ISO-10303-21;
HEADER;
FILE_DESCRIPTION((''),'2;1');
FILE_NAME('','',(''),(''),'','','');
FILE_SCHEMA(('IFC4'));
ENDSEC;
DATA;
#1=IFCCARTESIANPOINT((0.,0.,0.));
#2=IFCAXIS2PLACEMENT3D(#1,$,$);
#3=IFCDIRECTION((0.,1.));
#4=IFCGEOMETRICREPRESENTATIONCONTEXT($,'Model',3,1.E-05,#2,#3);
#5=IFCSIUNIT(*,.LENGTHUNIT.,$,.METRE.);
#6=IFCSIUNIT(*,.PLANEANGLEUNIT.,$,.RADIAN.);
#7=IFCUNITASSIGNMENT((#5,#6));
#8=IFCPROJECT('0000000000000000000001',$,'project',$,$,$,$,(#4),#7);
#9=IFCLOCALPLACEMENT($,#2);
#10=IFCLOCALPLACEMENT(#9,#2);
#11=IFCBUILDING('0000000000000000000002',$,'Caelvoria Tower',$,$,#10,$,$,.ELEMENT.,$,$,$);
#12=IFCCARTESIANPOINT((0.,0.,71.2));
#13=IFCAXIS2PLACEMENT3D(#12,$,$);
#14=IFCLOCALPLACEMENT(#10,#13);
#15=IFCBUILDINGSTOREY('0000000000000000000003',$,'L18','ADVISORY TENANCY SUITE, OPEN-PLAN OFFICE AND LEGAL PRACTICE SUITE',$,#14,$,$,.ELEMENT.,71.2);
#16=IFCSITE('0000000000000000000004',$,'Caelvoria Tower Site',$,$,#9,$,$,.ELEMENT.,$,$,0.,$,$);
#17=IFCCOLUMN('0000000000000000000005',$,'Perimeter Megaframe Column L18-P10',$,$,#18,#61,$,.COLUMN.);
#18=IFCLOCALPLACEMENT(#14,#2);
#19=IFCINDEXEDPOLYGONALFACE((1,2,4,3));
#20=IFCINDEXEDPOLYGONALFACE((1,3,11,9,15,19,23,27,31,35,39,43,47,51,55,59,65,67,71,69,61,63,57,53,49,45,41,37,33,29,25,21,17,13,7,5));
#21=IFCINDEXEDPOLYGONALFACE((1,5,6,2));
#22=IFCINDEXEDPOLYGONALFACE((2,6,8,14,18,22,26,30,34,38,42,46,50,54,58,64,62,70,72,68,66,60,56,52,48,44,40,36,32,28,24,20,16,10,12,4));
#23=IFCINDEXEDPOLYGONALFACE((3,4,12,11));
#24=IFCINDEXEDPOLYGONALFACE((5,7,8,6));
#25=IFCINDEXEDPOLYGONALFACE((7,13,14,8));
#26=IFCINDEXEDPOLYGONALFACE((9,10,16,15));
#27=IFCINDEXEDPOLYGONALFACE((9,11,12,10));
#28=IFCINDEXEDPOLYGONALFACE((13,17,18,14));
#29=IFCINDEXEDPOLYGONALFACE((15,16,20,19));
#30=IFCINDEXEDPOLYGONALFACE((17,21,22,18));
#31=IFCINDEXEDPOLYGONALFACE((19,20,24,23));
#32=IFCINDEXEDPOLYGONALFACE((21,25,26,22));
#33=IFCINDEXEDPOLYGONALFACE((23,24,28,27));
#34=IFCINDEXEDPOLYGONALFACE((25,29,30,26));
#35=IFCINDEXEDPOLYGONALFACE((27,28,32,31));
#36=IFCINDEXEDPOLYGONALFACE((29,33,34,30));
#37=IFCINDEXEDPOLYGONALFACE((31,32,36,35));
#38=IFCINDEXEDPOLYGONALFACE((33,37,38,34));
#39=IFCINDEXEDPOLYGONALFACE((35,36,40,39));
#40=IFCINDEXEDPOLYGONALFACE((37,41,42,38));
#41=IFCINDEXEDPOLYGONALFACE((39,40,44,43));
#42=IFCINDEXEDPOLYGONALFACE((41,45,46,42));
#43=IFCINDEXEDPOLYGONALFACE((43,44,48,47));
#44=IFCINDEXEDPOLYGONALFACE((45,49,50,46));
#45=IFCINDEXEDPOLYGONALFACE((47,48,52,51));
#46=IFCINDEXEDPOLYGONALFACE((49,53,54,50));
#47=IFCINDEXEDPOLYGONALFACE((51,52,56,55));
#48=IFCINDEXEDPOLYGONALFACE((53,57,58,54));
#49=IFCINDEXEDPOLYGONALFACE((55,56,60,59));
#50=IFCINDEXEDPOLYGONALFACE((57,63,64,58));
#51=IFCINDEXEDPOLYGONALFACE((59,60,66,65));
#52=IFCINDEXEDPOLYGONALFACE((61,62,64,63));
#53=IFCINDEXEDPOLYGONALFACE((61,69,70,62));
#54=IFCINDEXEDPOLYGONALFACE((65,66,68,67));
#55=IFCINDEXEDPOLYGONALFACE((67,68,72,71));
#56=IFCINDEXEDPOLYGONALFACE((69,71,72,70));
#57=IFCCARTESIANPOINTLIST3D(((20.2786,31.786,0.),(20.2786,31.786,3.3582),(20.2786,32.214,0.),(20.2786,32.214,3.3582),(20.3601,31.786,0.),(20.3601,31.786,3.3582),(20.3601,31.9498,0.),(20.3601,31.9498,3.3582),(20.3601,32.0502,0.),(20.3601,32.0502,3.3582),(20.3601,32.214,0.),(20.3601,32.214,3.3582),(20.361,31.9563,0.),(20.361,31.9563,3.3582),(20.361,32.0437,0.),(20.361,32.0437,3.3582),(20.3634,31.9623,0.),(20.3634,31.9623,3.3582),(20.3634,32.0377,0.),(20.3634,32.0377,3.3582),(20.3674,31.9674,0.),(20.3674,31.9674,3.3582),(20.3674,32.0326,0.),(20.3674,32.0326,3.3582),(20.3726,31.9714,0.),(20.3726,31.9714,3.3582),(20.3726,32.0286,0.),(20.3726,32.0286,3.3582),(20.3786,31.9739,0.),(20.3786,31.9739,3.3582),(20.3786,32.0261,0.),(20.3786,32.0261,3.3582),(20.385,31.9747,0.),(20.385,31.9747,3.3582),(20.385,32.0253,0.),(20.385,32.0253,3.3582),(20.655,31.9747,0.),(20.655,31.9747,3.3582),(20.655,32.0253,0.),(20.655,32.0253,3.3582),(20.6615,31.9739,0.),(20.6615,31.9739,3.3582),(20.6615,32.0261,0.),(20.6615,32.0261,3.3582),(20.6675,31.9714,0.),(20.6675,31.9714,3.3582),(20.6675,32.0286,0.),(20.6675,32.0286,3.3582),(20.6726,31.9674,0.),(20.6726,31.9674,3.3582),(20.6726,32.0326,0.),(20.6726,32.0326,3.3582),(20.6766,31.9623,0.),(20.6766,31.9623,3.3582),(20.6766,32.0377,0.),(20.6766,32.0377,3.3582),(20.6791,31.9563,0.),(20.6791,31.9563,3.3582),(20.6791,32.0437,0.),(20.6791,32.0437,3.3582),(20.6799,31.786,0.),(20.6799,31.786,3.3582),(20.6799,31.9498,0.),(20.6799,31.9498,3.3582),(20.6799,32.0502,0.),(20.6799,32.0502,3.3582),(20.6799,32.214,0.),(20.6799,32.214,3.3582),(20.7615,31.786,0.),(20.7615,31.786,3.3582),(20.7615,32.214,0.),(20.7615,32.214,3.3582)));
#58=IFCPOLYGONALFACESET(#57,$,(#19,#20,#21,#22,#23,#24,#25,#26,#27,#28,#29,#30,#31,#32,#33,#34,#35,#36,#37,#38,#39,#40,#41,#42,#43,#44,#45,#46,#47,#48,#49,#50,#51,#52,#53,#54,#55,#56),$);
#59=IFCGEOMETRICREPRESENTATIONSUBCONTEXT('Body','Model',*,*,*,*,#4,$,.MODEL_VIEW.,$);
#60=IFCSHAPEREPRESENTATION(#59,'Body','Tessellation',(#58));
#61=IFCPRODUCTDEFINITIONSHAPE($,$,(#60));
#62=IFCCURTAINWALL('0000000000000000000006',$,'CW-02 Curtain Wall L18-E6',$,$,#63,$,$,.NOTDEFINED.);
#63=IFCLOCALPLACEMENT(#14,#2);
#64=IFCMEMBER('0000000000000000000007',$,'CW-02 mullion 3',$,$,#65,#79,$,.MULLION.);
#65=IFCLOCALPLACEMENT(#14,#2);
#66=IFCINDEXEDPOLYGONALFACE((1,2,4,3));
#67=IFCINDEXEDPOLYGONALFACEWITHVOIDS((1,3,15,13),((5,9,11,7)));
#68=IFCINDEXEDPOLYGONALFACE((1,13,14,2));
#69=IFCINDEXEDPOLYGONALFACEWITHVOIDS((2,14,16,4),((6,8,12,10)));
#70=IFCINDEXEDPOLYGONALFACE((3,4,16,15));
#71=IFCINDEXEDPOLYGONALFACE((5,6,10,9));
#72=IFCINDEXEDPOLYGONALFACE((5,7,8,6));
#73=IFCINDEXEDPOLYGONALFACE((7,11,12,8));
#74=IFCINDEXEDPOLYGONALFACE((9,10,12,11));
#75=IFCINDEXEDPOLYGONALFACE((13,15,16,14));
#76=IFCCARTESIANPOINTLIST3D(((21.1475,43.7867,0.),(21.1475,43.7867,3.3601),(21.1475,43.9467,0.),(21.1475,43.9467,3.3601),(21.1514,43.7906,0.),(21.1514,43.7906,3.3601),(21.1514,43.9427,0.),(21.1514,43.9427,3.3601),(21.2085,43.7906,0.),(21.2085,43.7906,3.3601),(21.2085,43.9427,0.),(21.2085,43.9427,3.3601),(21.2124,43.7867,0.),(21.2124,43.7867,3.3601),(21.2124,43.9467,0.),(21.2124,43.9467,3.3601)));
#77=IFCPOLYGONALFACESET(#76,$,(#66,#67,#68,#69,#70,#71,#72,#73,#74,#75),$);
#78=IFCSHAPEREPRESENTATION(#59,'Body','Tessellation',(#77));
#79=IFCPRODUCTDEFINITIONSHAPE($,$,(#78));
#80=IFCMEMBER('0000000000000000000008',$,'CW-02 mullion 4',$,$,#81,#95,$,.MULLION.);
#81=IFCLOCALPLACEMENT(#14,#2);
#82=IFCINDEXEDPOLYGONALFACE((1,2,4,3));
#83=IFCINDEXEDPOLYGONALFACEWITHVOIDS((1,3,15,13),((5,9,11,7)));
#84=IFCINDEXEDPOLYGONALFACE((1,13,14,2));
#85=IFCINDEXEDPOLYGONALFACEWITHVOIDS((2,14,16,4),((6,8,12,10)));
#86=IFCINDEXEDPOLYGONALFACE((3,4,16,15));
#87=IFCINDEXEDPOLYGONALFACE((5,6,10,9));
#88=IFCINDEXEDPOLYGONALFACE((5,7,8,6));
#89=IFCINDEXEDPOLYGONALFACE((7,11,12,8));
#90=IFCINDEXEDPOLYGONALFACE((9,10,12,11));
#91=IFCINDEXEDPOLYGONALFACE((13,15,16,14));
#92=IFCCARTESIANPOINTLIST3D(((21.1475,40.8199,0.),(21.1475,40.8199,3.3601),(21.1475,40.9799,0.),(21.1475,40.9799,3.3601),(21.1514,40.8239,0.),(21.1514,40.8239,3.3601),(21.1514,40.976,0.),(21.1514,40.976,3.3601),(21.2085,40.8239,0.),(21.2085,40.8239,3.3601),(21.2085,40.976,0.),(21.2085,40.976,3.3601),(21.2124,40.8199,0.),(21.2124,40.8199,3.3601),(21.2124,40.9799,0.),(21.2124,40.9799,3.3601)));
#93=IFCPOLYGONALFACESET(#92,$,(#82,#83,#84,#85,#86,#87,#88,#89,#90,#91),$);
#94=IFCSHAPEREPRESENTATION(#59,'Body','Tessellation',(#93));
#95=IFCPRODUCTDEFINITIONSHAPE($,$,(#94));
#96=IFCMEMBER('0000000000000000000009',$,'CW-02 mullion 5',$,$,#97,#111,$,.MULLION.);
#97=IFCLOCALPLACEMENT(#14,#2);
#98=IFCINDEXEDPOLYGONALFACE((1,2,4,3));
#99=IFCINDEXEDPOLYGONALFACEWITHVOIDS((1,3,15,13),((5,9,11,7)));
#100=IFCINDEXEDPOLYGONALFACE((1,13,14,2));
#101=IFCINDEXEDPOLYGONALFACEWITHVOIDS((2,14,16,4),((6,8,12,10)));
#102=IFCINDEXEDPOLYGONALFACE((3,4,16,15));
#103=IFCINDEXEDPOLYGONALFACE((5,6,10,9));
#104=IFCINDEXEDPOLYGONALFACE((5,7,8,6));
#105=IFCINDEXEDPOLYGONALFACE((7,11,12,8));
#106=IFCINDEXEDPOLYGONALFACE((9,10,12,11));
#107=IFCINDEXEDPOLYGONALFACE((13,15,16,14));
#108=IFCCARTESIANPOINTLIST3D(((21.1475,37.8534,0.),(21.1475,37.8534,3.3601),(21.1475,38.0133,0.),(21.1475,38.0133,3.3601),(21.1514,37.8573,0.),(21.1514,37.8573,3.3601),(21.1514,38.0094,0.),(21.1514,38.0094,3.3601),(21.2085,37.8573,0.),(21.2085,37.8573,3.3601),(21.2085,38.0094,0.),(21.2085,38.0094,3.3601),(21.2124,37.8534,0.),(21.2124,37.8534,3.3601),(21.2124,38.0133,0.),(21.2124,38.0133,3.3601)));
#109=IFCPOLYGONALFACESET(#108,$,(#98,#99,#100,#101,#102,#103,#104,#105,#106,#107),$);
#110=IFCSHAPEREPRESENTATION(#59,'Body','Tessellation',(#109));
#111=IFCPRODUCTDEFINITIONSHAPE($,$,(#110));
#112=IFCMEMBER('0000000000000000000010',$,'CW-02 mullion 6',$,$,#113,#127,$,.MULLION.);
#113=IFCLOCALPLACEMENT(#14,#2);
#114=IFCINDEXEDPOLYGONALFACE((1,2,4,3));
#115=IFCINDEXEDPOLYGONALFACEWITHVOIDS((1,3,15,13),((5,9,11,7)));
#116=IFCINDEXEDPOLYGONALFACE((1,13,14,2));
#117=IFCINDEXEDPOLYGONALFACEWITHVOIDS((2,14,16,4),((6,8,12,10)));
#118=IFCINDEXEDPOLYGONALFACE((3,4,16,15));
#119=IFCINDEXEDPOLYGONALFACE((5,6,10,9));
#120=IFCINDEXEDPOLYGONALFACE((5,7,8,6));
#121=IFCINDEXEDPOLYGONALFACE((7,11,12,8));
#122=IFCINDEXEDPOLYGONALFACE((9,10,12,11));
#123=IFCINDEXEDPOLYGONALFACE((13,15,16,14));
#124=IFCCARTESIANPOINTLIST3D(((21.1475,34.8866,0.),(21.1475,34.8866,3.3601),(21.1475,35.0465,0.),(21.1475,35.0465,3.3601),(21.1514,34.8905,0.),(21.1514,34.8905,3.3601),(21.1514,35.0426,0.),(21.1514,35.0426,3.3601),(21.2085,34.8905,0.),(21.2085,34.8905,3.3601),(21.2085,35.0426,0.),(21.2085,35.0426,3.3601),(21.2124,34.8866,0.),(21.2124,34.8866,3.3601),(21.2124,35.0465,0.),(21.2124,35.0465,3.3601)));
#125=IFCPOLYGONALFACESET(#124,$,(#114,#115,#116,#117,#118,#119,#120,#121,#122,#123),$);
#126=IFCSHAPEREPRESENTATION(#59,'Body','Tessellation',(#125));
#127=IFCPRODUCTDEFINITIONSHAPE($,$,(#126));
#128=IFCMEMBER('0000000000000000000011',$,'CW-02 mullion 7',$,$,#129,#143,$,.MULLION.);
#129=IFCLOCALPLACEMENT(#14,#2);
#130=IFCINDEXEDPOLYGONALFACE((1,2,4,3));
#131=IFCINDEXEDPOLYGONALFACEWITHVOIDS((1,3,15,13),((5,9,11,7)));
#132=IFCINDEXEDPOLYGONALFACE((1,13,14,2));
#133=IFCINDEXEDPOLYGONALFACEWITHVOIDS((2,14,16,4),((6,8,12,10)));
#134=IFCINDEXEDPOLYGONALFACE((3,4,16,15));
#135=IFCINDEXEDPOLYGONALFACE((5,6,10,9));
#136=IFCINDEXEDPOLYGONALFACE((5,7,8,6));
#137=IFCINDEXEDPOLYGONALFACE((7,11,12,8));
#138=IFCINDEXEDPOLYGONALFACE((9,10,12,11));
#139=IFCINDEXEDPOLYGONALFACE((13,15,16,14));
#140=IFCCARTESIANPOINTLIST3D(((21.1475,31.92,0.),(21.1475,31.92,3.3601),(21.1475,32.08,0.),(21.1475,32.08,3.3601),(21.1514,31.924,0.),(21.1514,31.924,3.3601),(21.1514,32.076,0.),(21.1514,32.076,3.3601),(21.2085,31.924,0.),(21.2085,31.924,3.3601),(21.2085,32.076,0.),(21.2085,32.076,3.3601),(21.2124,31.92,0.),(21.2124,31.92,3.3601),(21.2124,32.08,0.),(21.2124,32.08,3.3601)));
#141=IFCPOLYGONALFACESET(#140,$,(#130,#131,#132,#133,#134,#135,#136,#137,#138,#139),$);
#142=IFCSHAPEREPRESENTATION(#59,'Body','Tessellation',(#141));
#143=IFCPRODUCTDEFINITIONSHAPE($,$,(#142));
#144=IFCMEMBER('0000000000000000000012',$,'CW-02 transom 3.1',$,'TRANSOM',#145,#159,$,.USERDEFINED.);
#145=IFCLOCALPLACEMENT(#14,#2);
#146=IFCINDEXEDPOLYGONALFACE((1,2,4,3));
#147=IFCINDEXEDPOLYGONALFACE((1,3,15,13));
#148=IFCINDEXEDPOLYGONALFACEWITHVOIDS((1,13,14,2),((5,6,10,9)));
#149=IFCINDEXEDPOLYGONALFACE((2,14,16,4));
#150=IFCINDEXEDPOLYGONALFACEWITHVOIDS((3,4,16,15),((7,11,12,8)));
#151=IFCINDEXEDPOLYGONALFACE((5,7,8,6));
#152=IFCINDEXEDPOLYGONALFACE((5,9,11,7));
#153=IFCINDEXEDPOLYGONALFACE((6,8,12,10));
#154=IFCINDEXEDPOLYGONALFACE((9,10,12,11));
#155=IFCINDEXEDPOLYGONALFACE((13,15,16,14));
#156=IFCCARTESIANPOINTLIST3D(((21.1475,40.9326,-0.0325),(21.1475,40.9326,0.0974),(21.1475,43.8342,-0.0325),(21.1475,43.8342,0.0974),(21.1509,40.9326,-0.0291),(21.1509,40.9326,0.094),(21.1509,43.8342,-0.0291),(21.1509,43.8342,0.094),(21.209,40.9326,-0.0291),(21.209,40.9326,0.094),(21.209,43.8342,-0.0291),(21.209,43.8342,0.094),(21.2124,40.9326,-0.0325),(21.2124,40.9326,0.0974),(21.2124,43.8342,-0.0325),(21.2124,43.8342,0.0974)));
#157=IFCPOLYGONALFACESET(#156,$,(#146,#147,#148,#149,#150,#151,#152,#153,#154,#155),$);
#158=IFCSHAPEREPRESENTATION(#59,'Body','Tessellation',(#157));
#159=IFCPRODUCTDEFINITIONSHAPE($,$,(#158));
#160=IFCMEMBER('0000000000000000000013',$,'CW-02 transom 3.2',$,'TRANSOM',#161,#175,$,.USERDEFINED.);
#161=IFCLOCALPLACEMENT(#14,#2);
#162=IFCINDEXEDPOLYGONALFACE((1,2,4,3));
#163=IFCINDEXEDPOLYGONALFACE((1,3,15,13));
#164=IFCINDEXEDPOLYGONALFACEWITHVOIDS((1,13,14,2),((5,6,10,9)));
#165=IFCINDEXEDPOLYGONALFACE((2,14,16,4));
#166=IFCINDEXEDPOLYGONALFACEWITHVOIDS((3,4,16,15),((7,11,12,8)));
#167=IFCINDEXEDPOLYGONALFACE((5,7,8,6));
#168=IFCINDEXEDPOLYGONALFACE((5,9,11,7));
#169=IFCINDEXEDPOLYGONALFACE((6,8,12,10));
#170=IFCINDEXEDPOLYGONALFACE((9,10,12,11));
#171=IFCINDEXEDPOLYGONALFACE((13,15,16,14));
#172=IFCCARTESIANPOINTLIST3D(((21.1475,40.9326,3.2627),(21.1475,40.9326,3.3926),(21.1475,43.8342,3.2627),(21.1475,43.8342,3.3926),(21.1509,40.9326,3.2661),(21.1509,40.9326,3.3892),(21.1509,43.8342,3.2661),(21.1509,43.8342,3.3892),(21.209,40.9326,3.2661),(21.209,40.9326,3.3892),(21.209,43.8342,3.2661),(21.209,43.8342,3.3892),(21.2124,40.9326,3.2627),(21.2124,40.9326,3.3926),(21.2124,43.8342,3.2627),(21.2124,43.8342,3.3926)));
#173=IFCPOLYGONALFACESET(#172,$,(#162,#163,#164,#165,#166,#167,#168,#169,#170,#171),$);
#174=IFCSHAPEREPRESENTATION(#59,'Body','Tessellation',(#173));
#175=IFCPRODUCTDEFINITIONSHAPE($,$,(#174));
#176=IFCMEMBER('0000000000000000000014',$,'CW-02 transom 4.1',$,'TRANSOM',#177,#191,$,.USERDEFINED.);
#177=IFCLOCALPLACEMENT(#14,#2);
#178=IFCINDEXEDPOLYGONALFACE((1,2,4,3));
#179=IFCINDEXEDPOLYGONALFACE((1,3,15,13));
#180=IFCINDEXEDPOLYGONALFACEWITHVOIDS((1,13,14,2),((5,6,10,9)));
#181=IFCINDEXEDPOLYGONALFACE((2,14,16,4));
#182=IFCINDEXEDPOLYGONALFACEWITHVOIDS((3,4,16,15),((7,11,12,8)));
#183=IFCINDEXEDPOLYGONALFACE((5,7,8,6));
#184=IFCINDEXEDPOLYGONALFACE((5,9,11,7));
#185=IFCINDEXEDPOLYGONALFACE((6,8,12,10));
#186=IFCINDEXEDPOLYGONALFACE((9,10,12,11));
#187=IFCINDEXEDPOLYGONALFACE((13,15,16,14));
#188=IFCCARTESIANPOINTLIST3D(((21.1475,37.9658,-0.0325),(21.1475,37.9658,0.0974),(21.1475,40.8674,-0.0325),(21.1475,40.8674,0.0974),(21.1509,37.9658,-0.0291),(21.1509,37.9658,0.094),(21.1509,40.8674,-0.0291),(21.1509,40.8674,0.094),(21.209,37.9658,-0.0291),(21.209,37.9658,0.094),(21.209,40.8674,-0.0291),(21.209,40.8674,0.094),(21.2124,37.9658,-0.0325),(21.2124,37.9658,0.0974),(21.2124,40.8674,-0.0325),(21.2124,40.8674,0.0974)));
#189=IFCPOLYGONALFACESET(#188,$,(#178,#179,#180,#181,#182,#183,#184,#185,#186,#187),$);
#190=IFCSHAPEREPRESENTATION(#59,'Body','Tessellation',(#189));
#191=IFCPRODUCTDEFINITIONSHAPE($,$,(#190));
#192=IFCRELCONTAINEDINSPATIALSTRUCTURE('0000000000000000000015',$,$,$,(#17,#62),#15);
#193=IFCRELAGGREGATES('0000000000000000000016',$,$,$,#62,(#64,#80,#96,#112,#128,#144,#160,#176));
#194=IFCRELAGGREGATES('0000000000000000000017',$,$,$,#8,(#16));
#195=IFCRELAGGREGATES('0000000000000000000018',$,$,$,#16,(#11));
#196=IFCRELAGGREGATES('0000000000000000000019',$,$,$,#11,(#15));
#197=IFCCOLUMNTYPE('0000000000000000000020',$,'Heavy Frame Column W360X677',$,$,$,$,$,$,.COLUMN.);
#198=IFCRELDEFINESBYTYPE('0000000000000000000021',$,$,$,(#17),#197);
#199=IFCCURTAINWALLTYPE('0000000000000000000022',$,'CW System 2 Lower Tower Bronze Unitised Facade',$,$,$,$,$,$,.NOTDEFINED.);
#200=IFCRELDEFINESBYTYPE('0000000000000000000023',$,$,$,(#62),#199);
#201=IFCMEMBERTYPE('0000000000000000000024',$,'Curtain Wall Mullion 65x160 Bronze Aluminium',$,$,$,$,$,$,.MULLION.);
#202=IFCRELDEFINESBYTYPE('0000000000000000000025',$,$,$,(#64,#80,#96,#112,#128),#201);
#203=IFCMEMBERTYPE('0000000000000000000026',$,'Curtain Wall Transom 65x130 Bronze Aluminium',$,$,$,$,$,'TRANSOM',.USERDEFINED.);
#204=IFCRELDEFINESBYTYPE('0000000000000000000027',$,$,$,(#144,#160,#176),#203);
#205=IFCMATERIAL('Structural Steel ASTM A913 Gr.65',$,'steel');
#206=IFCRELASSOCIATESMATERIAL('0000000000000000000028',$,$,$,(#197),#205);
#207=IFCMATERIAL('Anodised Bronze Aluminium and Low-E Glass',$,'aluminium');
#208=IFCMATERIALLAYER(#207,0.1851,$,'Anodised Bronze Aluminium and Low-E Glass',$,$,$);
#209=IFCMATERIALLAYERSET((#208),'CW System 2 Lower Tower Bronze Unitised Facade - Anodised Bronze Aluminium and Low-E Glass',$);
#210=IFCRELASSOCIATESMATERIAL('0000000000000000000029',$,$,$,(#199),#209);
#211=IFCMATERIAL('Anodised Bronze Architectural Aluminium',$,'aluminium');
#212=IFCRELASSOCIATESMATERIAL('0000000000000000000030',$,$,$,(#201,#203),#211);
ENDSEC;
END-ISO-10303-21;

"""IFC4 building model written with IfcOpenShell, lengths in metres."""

from ifc_helpers import new_model, si_unit, direction, frame, origin, origin_2d, place, context, subcontext, project, spatial, hollow_rectangle, i_section, extrude, material, layer, layer_set, material_profile, profile_set, type_object, element, aggregate, save


model = new_model("IFC4")

# Units and contexts
model_context = context("Model", 3, precision=1e-05, world=origin(), true_north=direction((0.0, 1.0)))
body_context = subcontext(model_context, "Body", "Model", "MODEL_VIEW")
ifc_project = project(units=[si_unit("LENGTHUNIT", "METRE"), si_unit("PLANEANGLEUNIT", "RADIAN")], contexts=[model_context])

# Site, building, storey
site_placement = place(None, origin())
site = spatial("IfcSite", under=ifc_project, at=site_placement, Name="Caelvoria Tower Site", CompositionType="ELEMENT", RefElevation=0.0)
building_placement = place(site_placement, origin())
building = spatial("IfcBuilding", under=site, at=building_placement, Name="Caelvoria Tower", CompositionType="ELEMENT")
storey_placement = place(building_placement, frame((0.0, 0.0, 71.2)))
storey = spatial("IfcBuildingStorey", under=building, at=storey_placement, Name="L18", Description="ADVISORY TENANCY SUITE, OPEN-PLAN OFFICE AND LEGAL PRACTICE SUITE", CompositionType="ELEMENT", Elevation=71.2)

# Column
ifc_material_1 = material(Name="Structural Steel ASTM A913 Gr.65", Category="steel")
ifc_material_profile_1 = material_profile(ifc_material_1, i_section(OverallWidth=0.428, OverallDepth=0.4829, WebThickness=0.0505, FlangeThickness=0.0815, FilletRadius=0.0249, at=origin_2d()), Name="Structural Steel ASTM A913 Gr.65")
ifc_profile_set_1 = profile_set([ifc_material_profile_1], Name="W360X677 - Structural Steel ASTM A913 Gr.65")
column_type = type_object("IfcColumnType", Name="Heavy Frame Column W360X677", PredefinedType="COLUMN", material=ifc_profile_set_1)
column_placement = place(storey_placement, frame((20.52, 32.0, 0.0), z_axis=(0.0, 0.0, 1.0), x_axis=(0.0, 1.0, 0.0)))
element("IfcColumn", 1, at=column_placement, inside=storey, type_object=column_type, Name="Perimeter Megaframe Column L18-P10", PredefinedType="COLUMN", context=body_context, shape_type="SweptSolid", body=[
    extrude(i_section(OverallWidth=0.428, OverallDepth=0.4829, WebThickness=0.0505, FlangeThickness=0.0815, FilletRadius=0.0249, at=origin_2d()), origin(), (0.0, 0.0, 1.0), 3.3582),
])

# Curtain wall, members
ifc_material_2 = material(Name="Anodised Bronze Aluminium and Low-E Glass", Category="aluminium")
ifc_layer_1 = layer(ifc_material_2, 0.1851, Name="Anodised Bronze Aluminium and Low-E Glass")
ifc_layer_set_1 = layer_set([ifc_layer_1], Name="CW System 2 Lower Tower Bronze Unitised Facade - Anodised Bronze Aluminium and Low-E Glass")
curtain_wall_type = type_object("IfcCurtainWallType", Name="CW System 2 Lower Tower Bronze Unitised Facade", PredefinedType="NOTDEFINED", material=ifc_layer_set_1)
curtain_wall_placement = place(storey_placement, origin())
curtain_wall = element("IfcCurtainWall", 2, at=curtain_wall_placement, inside=storey, type_object=curtain_wall_type, Name="CW-02 Curtain Wall L18-E6", PredefinedType="NOTDEFINED")
ifc_material_3 = material(Name="Anodised Bronze Architectural Aluminium", Category="aluminium")
ifc_material_profile_2 = material_profile(ifc_material_3, hollow_rectangle(XDim=0.0649, YDim=0.1599, WallThickness=0.0039, at=origin_2d()), Name="Anodised Bronze Architectural Aluminium")
ifc_profile_set_2 = profile_set([ifc_material_profile_2], Name="CW_MULL_65X160 - Anodised Bronze Architectural Aluminium")
member_type_1 = type_object("IfcMemberType", Name="Curtain Wall Mullion 65x160 Bronze Aluminium", PredefinedType="MULLION", material=ifc_profile_set_2)
member_1_placement = place(storey_placement, frame((21.1799, 43.8667, 0.0), z_axis=(0.0, 0.0, 1.0), x_axis=(1.0, 0.0, 0.0)))
member_1 = element("IfcMember", 3, at=member_1_placement, type_object=member_type_1, Name="CW-02 mullion 3", PredefinedType="MULLION", context=body_context, shape_type="SweptSolid", body=[
    extrude(hollow_rectangle(XDim=0.0649, YDim=0.1599, WallThickness=0.0039, at=origin_2d()), origin(), (0.0, 0.0, 1.0), 3.3601),
])
member_2_placement = place(storey_placement, frame((21.1799, 40.8999, 0.0), z_axis=(0.0, 0.0, 1.0), x_axis=(1.0, 0.0, 0.0)))
member_2 = element("IfcMember", 4, at=member_2_placement, type_object=member_type_1, Name="CW-02 mullion 4", PredefinedType="MULLION", context=body_context, shape_type="SweptSolid", body=[
    extrude(hollow_rectangle(XDim=0.0649, YDim=0.1599, WallThickness=0.0039, at=origin_2d()), origin(), (0.0, 0.0, 1.0), 3.3601),
])
member_3_placement = place(storey_placement, frame((21.1799, 37.9333, 0.0), z_axis=(0.0, 0.0, 1.0), x_axis=(1.0, 0.0, 0.0)))
member_3 = element("IfcMember", 5, at=member_3_placement, type_object=member_type_1, Name="CW-02 mullion 5", PredefinedType="MULLION", context=body_context, shape_type="SweptSolid", body=[
    extrude(hollow_rectangle(XDim=0.0649, YDim=0.1599, WallThickness=0.0039, at=origin_2d()), origin(), (0.0, 0.0, 1.0), 3.3601),
])
member_4_placement = place(storey_placement, frame((21.1799, 34.9666, 0.0), z_axis=(0.0, 0.0, 1.0), x_axis=(1.0, 0.0, 0.0)))
member_4 = element("IfcMember", 6, at=member_4_placement, type_object=member_type_1, Name="CW-02 mullion 6", PredefinedType="MULLION", context=body_context, shape_type="SweptSolid", body=[
    extrude(hollow_rectangle(XDim=0.0649, YDim=0.1599, WallThickness=0.0039, at=origin_2d()), origin(), (0.0, 0.0, 1.0), 3.3601),
])
member_5_placement = place(storey_placement, frame((21.1799, 32.0, 0.0), z_axis=(0.0, 0.0, 1.0), x_axis=(1.0, 0.0, 0.0)))
member_5 = element("IfcMember", 7, at=member_5_placement, type_object=member_type_1, Name="CW-02 mullion 7", PredefinedType="MULLION", context=body_context, shape_type="SweptSolid", body=[
    extrude(hollow_rectangle(XDim=0.0649, YDim=0.1599, WallThickness=0.0039, at=origin_2d()), origin(), (0.0, 0.0, 1.0), 3.3601),
])
ifc_material_profile_3 = material_profile(ifc_material_3, hollow_rectangle(XDim=0.0649, YDim=0.1299, WallThickness=0.0034, at=origin_2d()), Name="Anodised Bronze Architectural Aluminium")
ifc_profile_set_3 = profile_set([ifc_material_profile_3], Name="CW_TRAN_65X130 - Anodised Bronze Architectural Aluminium")
member_type_2 = type_object("IfcMemberType", Name="Curtain Wall Transom 65x130 Bronze Aluminium", ElementType="TRANSOM", PredefinedType="USERDEFINED", material=ifc_profile_set_3)
member_6_placement = place(storey_placement, frame((21.1799, 43.8342, 0.0325), z_axis=(0.0, -1.0, 0.0), x_axis=(1.0, 0.0, 0.0)))
member_6 = element("IfcMember", 8, at=member_6_placement, type_object=member_type_2, Name="CW-02 transom 3.1", ObjectType="TRANSOM", PredefinedType="USERDEFINED", context=body_context, shape_type="SweptSolid", body=[
    extrude(hollow_rectangle(XDim=0.0649, YDim=0.1299, WallThickness=0.0034, at=origin_2d()), origin(), (0.0, 0.0, 1.0), 2.9016),
])
member_7_placement = place(storey_placement, frame((21.1799, 43.8342, 3.3276), z_axis=(0.0, -1.0, 0.0), x_axis=(1.0, 0.0, 0.0)))
member_7 = element("IfcMember", 9, at=member_7_placement, type_object=member_type_2, Name="CW-02 transom 3.2", ObjectType="TRANSOM", PredefinedType="USERDEFINED", context=body_context, shape_type="SweptSolid", body=[
    extrude(hollow_rectangle(XDim=0.0649, YDim=0.1299, WallThickness=0.0034, at=origin_2d()), origin(), (0.0, 0.0, 1.0), 2.9016),
])
member_8_placement = place(storey_placement, frame((21.1799, 40.8674, 0.0325), z_axis=(0.0, -1.0, 0.0), x_axis=(1.0, 0.0, 0.0)))
member_8 = element("IfcMember", 10, at=member_8_placement, type_object=member_type_2, Name="CW-02 transom 4.1", ObjectType="TRANSOM", PredefinedType="USERDEFINED", context=body_context, shape_type="SweptSolid", body=[
    extrude(hollow_rectangle(XDim=0.0649, YDim=0.1299, WallThickness=0.0034, at=origin_2d()), origin(), (0.0, 0.0, 1.0), 2.9016),
])

aggregate(curtain_wall, [member_1, member_2, member_3, member_4, member_5, member_6, member_7, member_8])

save(model, "model.ifc")
